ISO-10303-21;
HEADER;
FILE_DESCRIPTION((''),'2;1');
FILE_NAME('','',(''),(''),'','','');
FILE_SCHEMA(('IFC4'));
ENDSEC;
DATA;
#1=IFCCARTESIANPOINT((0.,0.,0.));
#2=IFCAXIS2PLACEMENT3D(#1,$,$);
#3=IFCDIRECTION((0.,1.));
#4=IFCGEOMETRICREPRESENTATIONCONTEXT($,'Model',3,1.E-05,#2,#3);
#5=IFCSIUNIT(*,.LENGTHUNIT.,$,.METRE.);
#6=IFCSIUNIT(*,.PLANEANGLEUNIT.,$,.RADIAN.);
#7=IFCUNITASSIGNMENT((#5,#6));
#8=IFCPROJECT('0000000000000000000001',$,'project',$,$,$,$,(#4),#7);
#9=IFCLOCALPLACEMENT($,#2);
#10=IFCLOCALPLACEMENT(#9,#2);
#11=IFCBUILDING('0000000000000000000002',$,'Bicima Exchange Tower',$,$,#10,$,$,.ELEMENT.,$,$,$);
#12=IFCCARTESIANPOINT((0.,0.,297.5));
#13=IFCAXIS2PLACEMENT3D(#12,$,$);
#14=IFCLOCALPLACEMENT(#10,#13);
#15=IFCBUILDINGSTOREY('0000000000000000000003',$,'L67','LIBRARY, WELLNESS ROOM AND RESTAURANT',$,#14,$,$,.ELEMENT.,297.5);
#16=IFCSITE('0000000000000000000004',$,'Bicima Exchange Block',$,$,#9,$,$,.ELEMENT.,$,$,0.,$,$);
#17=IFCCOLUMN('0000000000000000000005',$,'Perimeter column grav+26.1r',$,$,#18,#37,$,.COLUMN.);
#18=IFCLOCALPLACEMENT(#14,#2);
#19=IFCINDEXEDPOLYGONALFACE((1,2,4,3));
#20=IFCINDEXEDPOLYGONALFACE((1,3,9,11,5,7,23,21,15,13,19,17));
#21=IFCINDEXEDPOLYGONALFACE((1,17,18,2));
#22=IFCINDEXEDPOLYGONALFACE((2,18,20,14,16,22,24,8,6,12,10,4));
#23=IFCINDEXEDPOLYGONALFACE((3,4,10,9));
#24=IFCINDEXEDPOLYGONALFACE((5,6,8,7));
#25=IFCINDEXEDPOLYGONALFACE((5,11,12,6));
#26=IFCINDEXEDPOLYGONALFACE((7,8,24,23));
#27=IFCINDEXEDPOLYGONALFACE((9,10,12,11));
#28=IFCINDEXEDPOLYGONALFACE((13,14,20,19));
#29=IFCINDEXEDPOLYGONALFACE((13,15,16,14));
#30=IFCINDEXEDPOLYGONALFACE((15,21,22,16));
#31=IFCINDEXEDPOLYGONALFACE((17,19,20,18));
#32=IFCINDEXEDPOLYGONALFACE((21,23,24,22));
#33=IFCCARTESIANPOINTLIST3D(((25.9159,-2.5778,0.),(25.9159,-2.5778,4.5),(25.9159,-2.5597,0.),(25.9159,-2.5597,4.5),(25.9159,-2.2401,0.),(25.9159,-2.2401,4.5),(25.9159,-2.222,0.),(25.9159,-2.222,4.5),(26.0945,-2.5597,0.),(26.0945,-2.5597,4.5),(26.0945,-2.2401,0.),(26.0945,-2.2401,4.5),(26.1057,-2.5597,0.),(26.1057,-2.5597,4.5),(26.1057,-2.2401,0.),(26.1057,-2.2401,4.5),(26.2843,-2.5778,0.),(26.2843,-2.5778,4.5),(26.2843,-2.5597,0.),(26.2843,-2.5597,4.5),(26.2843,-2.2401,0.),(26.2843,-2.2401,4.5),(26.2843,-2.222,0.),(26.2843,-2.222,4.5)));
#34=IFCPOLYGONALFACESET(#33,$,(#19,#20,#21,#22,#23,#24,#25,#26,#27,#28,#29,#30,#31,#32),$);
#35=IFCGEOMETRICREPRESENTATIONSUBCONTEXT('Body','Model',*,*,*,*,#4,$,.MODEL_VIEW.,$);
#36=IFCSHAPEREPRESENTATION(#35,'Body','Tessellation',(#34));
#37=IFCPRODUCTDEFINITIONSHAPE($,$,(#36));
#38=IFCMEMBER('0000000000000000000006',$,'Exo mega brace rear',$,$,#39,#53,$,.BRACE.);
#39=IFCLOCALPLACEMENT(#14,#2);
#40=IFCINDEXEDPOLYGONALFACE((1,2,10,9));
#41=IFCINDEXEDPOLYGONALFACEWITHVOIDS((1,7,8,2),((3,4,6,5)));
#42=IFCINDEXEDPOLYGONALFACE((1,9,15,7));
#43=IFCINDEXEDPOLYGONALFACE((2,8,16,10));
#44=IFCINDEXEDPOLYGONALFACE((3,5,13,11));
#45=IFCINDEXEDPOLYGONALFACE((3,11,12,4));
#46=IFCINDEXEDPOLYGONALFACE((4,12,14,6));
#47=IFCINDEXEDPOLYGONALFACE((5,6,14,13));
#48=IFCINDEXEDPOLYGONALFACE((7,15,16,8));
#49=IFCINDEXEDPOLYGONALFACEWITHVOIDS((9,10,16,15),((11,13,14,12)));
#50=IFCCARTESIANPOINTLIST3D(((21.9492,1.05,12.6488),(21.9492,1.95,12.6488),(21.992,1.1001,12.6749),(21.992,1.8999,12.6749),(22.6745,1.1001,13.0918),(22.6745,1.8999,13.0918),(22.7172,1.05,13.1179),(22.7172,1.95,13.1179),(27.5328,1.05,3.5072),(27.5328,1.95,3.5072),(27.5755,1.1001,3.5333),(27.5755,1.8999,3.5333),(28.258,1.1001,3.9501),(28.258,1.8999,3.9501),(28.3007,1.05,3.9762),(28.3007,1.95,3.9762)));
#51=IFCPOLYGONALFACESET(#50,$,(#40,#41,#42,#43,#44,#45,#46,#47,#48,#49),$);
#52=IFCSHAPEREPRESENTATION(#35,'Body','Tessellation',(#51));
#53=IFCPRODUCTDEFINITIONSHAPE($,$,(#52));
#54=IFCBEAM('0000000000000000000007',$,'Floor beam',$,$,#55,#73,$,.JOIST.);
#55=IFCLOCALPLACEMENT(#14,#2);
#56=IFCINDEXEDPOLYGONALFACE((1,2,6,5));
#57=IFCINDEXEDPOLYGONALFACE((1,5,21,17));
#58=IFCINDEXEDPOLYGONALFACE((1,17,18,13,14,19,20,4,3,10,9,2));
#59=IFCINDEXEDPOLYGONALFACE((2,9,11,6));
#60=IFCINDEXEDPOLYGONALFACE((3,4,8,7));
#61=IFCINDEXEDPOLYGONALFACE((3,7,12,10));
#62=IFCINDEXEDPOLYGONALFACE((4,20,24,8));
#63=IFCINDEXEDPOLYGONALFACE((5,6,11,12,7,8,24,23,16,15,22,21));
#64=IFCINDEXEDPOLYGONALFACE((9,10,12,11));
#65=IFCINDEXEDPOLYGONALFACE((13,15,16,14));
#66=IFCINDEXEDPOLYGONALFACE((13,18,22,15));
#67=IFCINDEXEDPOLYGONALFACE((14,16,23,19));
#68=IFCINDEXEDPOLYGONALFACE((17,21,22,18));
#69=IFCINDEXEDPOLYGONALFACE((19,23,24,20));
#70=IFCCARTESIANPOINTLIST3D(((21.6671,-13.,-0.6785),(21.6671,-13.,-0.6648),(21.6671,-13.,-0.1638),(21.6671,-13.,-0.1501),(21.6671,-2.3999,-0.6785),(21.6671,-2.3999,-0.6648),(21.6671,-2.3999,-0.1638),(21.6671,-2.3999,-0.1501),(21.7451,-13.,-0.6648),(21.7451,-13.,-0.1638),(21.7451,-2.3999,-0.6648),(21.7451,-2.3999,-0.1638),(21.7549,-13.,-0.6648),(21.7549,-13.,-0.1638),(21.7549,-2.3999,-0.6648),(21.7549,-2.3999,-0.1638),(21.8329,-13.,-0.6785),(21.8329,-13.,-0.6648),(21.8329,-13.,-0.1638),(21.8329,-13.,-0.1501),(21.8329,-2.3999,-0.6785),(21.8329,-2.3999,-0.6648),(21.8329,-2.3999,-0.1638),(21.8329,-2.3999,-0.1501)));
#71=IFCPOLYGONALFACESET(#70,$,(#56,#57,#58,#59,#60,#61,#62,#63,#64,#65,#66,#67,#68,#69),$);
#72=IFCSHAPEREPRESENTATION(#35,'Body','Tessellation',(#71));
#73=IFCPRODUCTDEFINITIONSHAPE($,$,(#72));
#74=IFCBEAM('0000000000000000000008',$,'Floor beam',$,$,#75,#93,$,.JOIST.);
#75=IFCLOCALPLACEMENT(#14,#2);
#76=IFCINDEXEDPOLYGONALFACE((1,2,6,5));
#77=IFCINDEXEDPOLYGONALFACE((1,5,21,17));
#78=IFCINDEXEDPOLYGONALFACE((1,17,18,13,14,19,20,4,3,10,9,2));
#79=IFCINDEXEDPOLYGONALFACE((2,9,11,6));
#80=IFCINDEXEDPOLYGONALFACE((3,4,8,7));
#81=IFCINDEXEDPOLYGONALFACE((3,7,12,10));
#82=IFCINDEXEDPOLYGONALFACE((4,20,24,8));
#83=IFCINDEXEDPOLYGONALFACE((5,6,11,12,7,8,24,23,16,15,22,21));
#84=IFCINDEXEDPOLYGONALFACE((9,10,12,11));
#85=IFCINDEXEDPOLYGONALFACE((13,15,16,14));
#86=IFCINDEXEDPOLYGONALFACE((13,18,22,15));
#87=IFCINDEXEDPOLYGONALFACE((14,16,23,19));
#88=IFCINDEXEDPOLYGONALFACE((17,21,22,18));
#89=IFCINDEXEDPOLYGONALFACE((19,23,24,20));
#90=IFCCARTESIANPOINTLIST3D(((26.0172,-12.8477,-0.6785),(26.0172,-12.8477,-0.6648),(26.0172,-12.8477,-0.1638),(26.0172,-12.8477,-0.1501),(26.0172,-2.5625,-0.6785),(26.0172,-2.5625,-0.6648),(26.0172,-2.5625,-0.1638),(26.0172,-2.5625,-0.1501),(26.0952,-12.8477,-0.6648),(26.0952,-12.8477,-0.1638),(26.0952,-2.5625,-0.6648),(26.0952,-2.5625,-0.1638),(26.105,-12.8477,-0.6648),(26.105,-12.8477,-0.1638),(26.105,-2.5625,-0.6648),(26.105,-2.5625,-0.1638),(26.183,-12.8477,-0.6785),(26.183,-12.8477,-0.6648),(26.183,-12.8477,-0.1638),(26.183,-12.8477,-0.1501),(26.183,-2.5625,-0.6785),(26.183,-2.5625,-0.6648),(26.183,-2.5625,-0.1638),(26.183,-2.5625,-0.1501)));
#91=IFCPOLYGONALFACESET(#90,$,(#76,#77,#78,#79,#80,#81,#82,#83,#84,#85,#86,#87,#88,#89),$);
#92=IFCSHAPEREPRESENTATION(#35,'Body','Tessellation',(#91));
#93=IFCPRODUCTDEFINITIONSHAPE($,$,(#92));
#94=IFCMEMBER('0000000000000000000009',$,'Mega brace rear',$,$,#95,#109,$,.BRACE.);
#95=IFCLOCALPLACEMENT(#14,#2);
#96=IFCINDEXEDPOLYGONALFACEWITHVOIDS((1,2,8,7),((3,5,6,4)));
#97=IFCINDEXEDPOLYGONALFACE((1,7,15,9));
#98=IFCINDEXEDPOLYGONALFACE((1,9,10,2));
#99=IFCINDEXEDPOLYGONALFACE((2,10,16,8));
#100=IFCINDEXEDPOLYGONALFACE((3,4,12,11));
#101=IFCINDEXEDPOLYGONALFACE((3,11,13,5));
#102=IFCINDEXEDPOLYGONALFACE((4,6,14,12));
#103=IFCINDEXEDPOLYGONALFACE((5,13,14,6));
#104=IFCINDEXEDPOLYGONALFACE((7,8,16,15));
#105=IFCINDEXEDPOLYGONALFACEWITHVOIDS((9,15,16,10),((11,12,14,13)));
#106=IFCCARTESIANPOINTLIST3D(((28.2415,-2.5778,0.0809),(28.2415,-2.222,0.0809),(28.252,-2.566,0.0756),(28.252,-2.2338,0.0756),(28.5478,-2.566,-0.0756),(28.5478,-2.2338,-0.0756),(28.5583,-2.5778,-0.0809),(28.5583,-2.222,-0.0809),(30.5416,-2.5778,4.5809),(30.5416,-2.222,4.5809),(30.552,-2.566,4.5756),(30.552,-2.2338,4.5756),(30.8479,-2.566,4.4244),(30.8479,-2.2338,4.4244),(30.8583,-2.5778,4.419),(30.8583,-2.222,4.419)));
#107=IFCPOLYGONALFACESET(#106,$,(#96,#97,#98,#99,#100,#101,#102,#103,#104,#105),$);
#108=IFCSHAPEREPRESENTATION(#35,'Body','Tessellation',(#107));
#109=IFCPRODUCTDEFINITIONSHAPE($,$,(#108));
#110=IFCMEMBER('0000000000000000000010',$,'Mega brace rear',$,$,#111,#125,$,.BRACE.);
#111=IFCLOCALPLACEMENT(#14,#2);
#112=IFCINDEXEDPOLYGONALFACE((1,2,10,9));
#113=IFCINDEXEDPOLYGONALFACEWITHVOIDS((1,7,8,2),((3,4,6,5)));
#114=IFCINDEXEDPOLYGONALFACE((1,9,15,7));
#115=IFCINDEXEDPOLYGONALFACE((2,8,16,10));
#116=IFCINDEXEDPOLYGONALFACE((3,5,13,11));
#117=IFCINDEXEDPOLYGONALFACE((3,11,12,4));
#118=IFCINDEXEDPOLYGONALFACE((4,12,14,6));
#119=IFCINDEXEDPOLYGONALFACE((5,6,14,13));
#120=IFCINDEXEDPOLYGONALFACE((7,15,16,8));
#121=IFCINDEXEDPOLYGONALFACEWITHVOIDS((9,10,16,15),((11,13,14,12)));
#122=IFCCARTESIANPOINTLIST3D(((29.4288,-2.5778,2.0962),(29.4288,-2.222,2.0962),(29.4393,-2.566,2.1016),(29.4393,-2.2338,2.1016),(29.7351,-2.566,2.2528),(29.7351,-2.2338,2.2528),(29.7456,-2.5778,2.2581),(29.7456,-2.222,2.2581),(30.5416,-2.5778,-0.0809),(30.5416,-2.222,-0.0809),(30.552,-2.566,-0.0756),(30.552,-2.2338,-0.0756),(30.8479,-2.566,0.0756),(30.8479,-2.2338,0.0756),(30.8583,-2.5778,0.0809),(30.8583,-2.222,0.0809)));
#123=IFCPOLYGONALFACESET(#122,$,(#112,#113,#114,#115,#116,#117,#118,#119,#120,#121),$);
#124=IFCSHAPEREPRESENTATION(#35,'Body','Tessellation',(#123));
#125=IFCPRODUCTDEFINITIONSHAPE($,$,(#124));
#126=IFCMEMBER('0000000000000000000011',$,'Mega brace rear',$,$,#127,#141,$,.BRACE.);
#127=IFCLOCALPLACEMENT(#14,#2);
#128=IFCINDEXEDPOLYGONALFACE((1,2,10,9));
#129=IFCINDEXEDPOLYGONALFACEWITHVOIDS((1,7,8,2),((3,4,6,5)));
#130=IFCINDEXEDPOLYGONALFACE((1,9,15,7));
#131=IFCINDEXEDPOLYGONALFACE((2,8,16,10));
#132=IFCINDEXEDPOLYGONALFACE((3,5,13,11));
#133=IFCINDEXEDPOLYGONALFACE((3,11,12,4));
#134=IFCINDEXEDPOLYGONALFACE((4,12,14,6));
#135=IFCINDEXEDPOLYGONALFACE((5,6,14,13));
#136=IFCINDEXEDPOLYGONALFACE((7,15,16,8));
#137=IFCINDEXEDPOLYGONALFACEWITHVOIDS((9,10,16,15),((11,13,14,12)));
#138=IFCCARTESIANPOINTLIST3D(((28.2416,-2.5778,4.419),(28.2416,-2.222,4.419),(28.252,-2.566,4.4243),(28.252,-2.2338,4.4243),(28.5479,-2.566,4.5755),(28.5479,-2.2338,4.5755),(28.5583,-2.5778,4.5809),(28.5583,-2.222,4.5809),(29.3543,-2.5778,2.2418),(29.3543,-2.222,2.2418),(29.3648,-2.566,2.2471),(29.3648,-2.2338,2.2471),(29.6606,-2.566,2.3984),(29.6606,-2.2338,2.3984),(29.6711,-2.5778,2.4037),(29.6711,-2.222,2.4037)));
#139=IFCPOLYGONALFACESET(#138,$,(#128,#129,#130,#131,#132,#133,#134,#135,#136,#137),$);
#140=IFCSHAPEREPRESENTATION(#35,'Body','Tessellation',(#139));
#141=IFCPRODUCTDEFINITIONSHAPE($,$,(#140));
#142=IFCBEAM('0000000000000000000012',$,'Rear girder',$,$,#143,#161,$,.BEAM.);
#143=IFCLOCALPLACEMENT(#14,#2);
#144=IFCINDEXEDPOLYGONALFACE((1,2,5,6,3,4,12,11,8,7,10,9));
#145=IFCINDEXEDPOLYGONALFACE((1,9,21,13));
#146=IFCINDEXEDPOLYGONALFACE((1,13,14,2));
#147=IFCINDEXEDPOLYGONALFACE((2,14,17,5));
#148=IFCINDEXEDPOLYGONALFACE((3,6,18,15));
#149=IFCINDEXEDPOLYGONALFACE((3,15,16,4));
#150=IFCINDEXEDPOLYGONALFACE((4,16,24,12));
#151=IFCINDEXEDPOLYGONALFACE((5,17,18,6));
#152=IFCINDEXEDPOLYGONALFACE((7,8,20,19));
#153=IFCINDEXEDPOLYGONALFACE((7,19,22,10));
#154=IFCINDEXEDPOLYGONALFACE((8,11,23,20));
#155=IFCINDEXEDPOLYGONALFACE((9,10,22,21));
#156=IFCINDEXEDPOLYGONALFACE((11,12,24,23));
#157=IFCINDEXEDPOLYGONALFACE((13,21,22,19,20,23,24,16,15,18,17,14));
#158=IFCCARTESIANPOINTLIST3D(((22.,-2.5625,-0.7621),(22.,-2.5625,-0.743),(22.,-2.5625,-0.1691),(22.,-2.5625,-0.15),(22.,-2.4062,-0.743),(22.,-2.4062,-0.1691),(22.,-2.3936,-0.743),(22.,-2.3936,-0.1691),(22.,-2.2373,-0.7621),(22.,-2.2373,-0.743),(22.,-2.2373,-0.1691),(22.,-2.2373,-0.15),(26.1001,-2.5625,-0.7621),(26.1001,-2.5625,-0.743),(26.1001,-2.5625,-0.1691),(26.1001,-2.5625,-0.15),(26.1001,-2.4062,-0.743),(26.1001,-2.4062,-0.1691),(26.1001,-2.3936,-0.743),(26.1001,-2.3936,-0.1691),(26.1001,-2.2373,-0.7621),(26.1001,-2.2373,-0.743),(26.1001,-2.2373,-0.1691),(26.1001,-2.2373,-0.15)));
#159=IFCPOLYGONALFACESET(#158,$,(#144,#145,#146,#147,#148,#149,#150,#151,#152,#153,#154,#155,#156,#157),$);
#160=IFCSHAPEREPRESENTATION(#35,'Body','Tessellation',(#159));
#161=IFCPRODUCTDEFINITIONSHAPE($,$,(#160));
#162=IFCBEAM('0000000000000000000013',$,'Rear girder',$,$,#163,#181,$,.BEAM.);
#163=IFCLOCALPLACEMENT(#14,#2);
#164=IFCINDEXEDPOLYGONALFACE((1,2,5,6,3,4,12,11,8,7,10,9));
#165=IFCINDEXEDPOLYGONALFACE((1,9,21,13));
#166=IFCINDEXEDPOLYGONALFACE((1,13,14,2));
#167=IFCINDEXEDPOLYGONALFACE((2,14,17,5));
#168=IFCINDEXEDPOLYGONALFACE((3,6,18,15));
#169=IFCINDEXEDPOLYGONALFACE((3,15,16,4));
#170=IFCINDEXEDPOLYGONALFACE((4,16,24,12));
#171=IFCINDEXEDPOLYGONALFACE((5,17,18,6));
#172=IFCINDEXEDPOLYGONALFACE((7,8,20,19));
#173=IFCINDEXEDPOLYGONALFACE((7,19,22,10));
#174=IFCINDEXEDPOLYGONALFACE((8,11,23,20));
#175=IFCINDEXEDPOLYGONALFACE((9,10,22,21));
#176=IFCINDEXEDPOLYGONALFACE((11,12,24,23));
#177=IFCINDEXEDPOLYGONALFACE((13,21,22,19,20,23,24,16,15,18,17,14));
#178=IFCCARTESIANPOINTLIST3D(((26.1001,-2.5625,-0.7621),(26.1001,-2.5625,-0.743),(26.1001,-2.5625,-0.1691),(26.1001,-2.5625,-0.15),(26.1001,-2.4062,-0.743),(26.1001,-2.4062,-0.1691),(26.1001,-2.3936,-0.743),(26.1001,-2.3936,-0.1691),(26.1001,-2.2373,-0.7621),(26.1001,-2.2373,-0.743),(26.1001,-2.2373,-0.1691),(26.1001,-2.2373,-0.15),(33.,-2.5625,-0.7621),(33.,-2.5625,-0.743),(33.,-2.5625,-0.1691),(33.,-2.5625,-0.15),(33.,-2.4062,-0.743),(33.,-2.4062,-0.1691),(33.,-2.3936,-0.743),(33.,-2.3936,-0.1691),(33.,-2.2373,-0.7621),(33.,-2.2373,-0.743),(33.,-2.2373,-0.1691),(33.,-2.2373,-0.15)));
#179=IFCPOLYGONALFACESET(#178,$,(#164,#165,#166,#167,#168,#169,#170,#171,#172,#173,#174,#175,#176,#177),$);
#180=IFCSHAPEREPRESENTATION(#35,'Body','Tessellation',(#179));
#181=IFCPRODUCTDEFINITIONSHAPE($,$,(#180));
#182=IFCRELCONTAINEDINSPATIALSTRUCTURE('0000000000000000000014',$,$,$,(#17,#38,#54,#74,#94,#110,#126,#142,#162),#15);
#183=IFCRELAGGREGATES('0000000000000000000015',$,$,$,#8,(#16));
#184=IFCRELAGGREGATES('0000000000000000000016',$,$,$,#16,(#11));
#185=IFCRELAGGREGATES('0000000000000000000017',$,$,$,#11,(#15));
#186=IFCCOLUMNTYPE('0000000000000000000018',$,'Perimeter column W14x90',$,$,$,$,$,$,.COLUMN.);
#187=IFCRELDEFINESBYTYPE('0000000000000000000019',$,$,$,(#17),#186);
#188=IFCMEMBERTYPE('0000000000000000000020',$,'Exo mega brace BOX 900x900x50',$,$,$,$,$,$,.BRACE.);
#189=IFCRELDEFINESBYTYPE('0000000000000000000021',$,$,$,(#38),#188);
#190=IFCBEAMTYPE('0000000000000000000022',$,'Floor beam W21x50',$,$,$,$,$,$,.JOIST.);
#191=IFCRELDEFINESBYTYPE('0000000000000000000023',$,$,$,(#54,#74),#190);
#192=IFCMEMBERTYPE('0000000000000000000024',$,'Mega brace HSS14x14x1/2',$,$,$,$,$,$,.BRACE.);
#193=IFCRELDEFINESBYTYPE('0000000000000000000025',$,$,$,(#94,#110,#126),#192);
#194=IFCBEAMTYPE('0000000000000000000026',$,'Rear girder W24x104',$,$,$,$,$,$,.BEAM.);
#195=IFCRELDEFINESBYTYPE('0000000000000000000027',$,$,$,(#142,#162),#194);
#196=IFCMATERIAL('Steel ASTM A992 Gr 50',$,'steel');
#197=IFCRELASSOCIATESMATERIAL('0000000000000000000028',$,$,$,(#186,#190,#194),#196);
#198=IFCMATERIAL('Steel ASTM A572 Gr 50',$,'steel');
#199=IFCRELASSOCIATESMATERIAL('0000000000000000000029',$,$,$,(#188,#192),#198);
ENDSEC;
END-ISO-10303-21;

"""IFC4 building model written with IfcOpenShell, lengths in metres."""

from ifc_helpers import new_model, si_unit, direction, frame, origin, origin_2d, place, context, subcontext, project, spatial, hollow_rectangle, i_section, extrude, material, material_profile, profile_set, type_object, element, save


model = new_model("IFC4")

# Units and contexts
model_context = context("Model", 3, precision=1e-05, world=origin(), true_north=direction((0.0, 1.0)))
body_context = subcontext(model_context, "Body", "Model", "MODEL_VIEW")
ifc_project = project(units=[si_unit("LENGTHUNIT", "METRE"), si_unit("PLANEANGLEUNIT", "RADIAN")], contexts=[model_context])

# Site, building, storey
site_placement = place(None, origin())
site = spatial("IfcSite", under=ifc_project, at=site_placement, Name="Bicima Exchange Block", CompositionType="ELEMENT", RefElevation=0.0)
building_placement = place(site_placement, origin())
building = spatial("IfcBuilding", under=site, at=building_placement, Name="Bicima Exchange Tower", CompositionType="ELEMENT")
storey_placement = place(building_placement, frame((0.0, 0.0, 297.5)))
storey = spatial("IfcBuildingStorey", under=building, at=storey_placement, Name="L67", Description="LIBRARY, WELLNESS ROOM AND RESTAURANT", CompositionType="ELEMENT", Elevation=297.5)

# Column
ifc_material_1 = material(Name="Steel ASTM A992 Gr 50", Category="steel")
ifc_material_profile_1 = material_profile(ifc_material_1, i_section(OverallWidth=0.3684, OverallDepth=0.3557, WebThickness=0.0112, FlangeThickness=0.0181, at=origin_2d()))
ifc_profile_set_1 = profile_set([ifc_material_profile_1], Name="Steel ASTM A992 Gr 50")
column_type = type_object("IfcColumnType", Name="Perimeter column W14x90", PredefinedType="COLUMN", material=ifc_profile_set_1)
column_placement = place(storey_placement, frame((26.1001, -2.3999, 0.0), z_axis=(0.0, 0.0, 1.0), x_axis=(1.0, 0.0, 0.0)))
element("IfcColumn", 1, at=column_placement, inside=storey, type_object=column_type, Name="Perimeter column grav+26.1r", PredefinedType="COLUMN", context=body_context, shape_type="SweptSolid", body=[
    extrude(i_section(OverallWidth=0.3684, OverallDepth=0.3557, WebThickness=0.0112, FlangeThickness=0.0181, at=origin_2d()), origin(), (0.0, 0.0, 1.0), 4.5),
])

# Member
ifc_material_2 = material(Name="Steel ASTM A572 Gr 50", Category="steel")
ifc_material_profile_2 = material_profile(ifc_material_2, hollow_rectangle(XDim=0.8999, YDim=0.8999, WallThickness=0.05, at=origin_2d()))
ifc_profile_set_2 = profile_set([ifc_material_profile_2], Name="Steel ASTM A572 Gr 50")
member_type_1 = type_object("IfcMemberType", Name="Exo mega brace BOX 900x900x50", PredefinedType="BRACE", material=ifc_profile_set_2)
member_1_placement = place(storey_placement, frame((27.9167, 1.5, 3.7417), z_axis=(-0.521243, 0.0, 0.853408), x_axis=(0.0, -1.0, 0.0)))
element("IfcMember", 2, at=member_1_placement, inside=storey, type_object=member_type_1, Name="Exo mega brace rear", PredefinedType="BRACE", context=body_context, shape_type="SweptSolid", body=[
    extrude(hollow_rectangle(XDim=0.8999, YDim=0.8999, WallThickness=0.05, at=origin_2d()), origin(), (0.0, 0.0, 1.0), 10.7119),
])

# Beams
ifc_material_profile_3 = material_profile(ifc_material_1, i_section(OverallWidth=0.1658, OverallDepth=0.5283, WebThickness=0.0098, FlangeThickness=0.0137, at=origin_2d()))
ifc_profile_set_3 = profile_set([ifc_material_profile_3], Name="Steel ASTM A992 Gr 50")
beam_type_1 = type_object("IfcBeamType", Name="Floor beam W21x50", PredefinedType="JOIST", material=ifc_profile_set_3)
beam_1_placement = place(storey_placement, frame((21.75, -2.3999, -0.4143), z_axis=(0.0, -1.0, 0.0), x_axis=(1.0, 0.0, 0.0)))
element("IfcBeam", 3, at=beam_1_placement, inside=storey, type_object=beam_type_1, Name="Floor beam", PredefinedType="JOIST", context=body_context, shape_type="SweptSolid", body=[
    extrude(i_section(OverallWidth=0.1658, OverallDepth=0.5283, WebThickness=0.0098, FlangeThickness=0.0137, at=origin_2d()), origin(), (0.0, 0.0, 1.0), 10.6001),
])
beam_2_placement = place(storey_placement, frame((26.1001, -2.5625, -0.4143), z_axis=(0.0, -1.0, 0.0), x_axis=(1.0, 0.0, 0.0)))
element("IfcBeam", 4, at=beam_2_placement, inside=storey, type_object=beam_type_1, Name="Floor beam", PredefinedType="JOIST", context=body_context, shape_type="SweptSolid", body=[
    extrude(i_section(OverallWidth=0.1658, OverallDepth=0.5283, WebThickness=0.0098, FlangeThickness=0.0137, at=origin_2d()), origin(), (0.0, 0.0, 1.0), 10.2852),
])

# Members
ifc_material_profile_4 = material_profile(ifc_material_2, hollow_rectangle(XDim=0.3557, YDim=0.3557, WallThickness=0.0117, at=origin_2d()))
ifc_profile_set_4 = profile_set([ifc_material_profile_4], Name="Steel ASTM A572 Gr 50")
member_type_2 = type_object("IfcMemberType", Name="Mega brace HSS14x14x1/2", PredefinedType="BRACE", material=ifc_profile_set_4)
member_2_placement = place(storey_placement, frame((28.3999, -2.3999, 0.0), z_axis=(0.455119, 0.0, 0.890431), x_axis=(0.0, 1.0, 0.0)))
element("IfcMember", 5, at=member_2_placement, inside=storey, type_object=member_type_2, Name="Mega brace rear", PredefinedType="BRACE", context=body_context, shape_type="SweptSolid", body=[
    extrude(hollow_rectangle(XDim=0.3557, YDim=0.3557, WallThickness=0.0117, at=origin_2d()), origin(), (0.0, 0.0, 1.0), 5.0537),
])
for number, where, z_axis, x_axis, name in (
    (6, (30.7, -2.3999, 0.0), (-0.455104, 0.0, 0.890438), (0.0, -1.0, 0.0), "Mega brace rear"),
    (7, (29.5127, -2.3999, 2.3228), (-0.455104, 0.0, 0.890438), (0.0, -1.0, 0.0), "Mega brace rear"),
):
    element("IfcMember", number, at=place(storey_placement, frame(where, z_axis=z_axis, x_axis=x_axis)), inside=storey, type_object=member_type_2, Name=name, PredefinedType="BRACE", context=body_context, shape_type="SweptSolid", body=[
        extrude(hollow_rectangle(XDim=0.3557, YDim=0.3557, WallThickness=0.0117, at=origin_2d()), origin(), (0.0, 0.0, 1.0), 2.4451),
    ])

# Beams
ifc_material_profile_5 = material_profile(ifc_material_1, i_section(OverallWidth=0.3252, OverallDepth=0.6121, WebThickness=0.0127, FlangeThickness=0.019, at=origin_2d()))
ifc_profile_set_5 = profile_set([ifc_material_profile_5], Name="Steel ASTM A992 Gr 50")
beam_type_2 = type_object("IfcBeamType", Name="Rear girder W24x104", PredefinedType="BEAM", material=ifc_profile_set_5)
beam_3_placement = place(storey_placement, frame((22.0, -2.3999, -0.4561), z_axis=(1.0, 0.0, 0.0), x_axis=(0.0, 1.0, 0.0)))
element("IfcBeam", 8, at=beam_3_placement, inside=storey, type_object=beam_type_2, Name="Rear girder", PredefinedType="BEAM", context=body_context, shape_type="SweptSolid", body=[
    extrude(i_section(OverallWidth=0.3252, OverallDepth=0.6121, WebThickness=0.0127, FlangeThickness=0.019, at=origin_2d()), origin(), (0.0, 0.0, 1.0), 4.1001),
])
beam_4_placement = place(storey_placement, frame((26.1001, -2.3999, -0.4561), z_axis=(1.0, 0.0, 0.0), x_axis=(0.0, 1.0, 0.0)))
element("IfcBeam", 9, at=beam_4_placement, inside=storey, type_object=beam_type_2, Name="Rear girder", PredefinedType="BEAM", context=body_context, shape_type="SweptSolid", body=[
    extrude(i_section(OverallWidth=0.3252, OverallDepth=0.6121, WebThickness=0.0127, FlangeThickness=0.019, at=origin_2d()), origin(), (0.0, 0.0, 1.0), 6.8999),
])

save(model, "model.ifc")
